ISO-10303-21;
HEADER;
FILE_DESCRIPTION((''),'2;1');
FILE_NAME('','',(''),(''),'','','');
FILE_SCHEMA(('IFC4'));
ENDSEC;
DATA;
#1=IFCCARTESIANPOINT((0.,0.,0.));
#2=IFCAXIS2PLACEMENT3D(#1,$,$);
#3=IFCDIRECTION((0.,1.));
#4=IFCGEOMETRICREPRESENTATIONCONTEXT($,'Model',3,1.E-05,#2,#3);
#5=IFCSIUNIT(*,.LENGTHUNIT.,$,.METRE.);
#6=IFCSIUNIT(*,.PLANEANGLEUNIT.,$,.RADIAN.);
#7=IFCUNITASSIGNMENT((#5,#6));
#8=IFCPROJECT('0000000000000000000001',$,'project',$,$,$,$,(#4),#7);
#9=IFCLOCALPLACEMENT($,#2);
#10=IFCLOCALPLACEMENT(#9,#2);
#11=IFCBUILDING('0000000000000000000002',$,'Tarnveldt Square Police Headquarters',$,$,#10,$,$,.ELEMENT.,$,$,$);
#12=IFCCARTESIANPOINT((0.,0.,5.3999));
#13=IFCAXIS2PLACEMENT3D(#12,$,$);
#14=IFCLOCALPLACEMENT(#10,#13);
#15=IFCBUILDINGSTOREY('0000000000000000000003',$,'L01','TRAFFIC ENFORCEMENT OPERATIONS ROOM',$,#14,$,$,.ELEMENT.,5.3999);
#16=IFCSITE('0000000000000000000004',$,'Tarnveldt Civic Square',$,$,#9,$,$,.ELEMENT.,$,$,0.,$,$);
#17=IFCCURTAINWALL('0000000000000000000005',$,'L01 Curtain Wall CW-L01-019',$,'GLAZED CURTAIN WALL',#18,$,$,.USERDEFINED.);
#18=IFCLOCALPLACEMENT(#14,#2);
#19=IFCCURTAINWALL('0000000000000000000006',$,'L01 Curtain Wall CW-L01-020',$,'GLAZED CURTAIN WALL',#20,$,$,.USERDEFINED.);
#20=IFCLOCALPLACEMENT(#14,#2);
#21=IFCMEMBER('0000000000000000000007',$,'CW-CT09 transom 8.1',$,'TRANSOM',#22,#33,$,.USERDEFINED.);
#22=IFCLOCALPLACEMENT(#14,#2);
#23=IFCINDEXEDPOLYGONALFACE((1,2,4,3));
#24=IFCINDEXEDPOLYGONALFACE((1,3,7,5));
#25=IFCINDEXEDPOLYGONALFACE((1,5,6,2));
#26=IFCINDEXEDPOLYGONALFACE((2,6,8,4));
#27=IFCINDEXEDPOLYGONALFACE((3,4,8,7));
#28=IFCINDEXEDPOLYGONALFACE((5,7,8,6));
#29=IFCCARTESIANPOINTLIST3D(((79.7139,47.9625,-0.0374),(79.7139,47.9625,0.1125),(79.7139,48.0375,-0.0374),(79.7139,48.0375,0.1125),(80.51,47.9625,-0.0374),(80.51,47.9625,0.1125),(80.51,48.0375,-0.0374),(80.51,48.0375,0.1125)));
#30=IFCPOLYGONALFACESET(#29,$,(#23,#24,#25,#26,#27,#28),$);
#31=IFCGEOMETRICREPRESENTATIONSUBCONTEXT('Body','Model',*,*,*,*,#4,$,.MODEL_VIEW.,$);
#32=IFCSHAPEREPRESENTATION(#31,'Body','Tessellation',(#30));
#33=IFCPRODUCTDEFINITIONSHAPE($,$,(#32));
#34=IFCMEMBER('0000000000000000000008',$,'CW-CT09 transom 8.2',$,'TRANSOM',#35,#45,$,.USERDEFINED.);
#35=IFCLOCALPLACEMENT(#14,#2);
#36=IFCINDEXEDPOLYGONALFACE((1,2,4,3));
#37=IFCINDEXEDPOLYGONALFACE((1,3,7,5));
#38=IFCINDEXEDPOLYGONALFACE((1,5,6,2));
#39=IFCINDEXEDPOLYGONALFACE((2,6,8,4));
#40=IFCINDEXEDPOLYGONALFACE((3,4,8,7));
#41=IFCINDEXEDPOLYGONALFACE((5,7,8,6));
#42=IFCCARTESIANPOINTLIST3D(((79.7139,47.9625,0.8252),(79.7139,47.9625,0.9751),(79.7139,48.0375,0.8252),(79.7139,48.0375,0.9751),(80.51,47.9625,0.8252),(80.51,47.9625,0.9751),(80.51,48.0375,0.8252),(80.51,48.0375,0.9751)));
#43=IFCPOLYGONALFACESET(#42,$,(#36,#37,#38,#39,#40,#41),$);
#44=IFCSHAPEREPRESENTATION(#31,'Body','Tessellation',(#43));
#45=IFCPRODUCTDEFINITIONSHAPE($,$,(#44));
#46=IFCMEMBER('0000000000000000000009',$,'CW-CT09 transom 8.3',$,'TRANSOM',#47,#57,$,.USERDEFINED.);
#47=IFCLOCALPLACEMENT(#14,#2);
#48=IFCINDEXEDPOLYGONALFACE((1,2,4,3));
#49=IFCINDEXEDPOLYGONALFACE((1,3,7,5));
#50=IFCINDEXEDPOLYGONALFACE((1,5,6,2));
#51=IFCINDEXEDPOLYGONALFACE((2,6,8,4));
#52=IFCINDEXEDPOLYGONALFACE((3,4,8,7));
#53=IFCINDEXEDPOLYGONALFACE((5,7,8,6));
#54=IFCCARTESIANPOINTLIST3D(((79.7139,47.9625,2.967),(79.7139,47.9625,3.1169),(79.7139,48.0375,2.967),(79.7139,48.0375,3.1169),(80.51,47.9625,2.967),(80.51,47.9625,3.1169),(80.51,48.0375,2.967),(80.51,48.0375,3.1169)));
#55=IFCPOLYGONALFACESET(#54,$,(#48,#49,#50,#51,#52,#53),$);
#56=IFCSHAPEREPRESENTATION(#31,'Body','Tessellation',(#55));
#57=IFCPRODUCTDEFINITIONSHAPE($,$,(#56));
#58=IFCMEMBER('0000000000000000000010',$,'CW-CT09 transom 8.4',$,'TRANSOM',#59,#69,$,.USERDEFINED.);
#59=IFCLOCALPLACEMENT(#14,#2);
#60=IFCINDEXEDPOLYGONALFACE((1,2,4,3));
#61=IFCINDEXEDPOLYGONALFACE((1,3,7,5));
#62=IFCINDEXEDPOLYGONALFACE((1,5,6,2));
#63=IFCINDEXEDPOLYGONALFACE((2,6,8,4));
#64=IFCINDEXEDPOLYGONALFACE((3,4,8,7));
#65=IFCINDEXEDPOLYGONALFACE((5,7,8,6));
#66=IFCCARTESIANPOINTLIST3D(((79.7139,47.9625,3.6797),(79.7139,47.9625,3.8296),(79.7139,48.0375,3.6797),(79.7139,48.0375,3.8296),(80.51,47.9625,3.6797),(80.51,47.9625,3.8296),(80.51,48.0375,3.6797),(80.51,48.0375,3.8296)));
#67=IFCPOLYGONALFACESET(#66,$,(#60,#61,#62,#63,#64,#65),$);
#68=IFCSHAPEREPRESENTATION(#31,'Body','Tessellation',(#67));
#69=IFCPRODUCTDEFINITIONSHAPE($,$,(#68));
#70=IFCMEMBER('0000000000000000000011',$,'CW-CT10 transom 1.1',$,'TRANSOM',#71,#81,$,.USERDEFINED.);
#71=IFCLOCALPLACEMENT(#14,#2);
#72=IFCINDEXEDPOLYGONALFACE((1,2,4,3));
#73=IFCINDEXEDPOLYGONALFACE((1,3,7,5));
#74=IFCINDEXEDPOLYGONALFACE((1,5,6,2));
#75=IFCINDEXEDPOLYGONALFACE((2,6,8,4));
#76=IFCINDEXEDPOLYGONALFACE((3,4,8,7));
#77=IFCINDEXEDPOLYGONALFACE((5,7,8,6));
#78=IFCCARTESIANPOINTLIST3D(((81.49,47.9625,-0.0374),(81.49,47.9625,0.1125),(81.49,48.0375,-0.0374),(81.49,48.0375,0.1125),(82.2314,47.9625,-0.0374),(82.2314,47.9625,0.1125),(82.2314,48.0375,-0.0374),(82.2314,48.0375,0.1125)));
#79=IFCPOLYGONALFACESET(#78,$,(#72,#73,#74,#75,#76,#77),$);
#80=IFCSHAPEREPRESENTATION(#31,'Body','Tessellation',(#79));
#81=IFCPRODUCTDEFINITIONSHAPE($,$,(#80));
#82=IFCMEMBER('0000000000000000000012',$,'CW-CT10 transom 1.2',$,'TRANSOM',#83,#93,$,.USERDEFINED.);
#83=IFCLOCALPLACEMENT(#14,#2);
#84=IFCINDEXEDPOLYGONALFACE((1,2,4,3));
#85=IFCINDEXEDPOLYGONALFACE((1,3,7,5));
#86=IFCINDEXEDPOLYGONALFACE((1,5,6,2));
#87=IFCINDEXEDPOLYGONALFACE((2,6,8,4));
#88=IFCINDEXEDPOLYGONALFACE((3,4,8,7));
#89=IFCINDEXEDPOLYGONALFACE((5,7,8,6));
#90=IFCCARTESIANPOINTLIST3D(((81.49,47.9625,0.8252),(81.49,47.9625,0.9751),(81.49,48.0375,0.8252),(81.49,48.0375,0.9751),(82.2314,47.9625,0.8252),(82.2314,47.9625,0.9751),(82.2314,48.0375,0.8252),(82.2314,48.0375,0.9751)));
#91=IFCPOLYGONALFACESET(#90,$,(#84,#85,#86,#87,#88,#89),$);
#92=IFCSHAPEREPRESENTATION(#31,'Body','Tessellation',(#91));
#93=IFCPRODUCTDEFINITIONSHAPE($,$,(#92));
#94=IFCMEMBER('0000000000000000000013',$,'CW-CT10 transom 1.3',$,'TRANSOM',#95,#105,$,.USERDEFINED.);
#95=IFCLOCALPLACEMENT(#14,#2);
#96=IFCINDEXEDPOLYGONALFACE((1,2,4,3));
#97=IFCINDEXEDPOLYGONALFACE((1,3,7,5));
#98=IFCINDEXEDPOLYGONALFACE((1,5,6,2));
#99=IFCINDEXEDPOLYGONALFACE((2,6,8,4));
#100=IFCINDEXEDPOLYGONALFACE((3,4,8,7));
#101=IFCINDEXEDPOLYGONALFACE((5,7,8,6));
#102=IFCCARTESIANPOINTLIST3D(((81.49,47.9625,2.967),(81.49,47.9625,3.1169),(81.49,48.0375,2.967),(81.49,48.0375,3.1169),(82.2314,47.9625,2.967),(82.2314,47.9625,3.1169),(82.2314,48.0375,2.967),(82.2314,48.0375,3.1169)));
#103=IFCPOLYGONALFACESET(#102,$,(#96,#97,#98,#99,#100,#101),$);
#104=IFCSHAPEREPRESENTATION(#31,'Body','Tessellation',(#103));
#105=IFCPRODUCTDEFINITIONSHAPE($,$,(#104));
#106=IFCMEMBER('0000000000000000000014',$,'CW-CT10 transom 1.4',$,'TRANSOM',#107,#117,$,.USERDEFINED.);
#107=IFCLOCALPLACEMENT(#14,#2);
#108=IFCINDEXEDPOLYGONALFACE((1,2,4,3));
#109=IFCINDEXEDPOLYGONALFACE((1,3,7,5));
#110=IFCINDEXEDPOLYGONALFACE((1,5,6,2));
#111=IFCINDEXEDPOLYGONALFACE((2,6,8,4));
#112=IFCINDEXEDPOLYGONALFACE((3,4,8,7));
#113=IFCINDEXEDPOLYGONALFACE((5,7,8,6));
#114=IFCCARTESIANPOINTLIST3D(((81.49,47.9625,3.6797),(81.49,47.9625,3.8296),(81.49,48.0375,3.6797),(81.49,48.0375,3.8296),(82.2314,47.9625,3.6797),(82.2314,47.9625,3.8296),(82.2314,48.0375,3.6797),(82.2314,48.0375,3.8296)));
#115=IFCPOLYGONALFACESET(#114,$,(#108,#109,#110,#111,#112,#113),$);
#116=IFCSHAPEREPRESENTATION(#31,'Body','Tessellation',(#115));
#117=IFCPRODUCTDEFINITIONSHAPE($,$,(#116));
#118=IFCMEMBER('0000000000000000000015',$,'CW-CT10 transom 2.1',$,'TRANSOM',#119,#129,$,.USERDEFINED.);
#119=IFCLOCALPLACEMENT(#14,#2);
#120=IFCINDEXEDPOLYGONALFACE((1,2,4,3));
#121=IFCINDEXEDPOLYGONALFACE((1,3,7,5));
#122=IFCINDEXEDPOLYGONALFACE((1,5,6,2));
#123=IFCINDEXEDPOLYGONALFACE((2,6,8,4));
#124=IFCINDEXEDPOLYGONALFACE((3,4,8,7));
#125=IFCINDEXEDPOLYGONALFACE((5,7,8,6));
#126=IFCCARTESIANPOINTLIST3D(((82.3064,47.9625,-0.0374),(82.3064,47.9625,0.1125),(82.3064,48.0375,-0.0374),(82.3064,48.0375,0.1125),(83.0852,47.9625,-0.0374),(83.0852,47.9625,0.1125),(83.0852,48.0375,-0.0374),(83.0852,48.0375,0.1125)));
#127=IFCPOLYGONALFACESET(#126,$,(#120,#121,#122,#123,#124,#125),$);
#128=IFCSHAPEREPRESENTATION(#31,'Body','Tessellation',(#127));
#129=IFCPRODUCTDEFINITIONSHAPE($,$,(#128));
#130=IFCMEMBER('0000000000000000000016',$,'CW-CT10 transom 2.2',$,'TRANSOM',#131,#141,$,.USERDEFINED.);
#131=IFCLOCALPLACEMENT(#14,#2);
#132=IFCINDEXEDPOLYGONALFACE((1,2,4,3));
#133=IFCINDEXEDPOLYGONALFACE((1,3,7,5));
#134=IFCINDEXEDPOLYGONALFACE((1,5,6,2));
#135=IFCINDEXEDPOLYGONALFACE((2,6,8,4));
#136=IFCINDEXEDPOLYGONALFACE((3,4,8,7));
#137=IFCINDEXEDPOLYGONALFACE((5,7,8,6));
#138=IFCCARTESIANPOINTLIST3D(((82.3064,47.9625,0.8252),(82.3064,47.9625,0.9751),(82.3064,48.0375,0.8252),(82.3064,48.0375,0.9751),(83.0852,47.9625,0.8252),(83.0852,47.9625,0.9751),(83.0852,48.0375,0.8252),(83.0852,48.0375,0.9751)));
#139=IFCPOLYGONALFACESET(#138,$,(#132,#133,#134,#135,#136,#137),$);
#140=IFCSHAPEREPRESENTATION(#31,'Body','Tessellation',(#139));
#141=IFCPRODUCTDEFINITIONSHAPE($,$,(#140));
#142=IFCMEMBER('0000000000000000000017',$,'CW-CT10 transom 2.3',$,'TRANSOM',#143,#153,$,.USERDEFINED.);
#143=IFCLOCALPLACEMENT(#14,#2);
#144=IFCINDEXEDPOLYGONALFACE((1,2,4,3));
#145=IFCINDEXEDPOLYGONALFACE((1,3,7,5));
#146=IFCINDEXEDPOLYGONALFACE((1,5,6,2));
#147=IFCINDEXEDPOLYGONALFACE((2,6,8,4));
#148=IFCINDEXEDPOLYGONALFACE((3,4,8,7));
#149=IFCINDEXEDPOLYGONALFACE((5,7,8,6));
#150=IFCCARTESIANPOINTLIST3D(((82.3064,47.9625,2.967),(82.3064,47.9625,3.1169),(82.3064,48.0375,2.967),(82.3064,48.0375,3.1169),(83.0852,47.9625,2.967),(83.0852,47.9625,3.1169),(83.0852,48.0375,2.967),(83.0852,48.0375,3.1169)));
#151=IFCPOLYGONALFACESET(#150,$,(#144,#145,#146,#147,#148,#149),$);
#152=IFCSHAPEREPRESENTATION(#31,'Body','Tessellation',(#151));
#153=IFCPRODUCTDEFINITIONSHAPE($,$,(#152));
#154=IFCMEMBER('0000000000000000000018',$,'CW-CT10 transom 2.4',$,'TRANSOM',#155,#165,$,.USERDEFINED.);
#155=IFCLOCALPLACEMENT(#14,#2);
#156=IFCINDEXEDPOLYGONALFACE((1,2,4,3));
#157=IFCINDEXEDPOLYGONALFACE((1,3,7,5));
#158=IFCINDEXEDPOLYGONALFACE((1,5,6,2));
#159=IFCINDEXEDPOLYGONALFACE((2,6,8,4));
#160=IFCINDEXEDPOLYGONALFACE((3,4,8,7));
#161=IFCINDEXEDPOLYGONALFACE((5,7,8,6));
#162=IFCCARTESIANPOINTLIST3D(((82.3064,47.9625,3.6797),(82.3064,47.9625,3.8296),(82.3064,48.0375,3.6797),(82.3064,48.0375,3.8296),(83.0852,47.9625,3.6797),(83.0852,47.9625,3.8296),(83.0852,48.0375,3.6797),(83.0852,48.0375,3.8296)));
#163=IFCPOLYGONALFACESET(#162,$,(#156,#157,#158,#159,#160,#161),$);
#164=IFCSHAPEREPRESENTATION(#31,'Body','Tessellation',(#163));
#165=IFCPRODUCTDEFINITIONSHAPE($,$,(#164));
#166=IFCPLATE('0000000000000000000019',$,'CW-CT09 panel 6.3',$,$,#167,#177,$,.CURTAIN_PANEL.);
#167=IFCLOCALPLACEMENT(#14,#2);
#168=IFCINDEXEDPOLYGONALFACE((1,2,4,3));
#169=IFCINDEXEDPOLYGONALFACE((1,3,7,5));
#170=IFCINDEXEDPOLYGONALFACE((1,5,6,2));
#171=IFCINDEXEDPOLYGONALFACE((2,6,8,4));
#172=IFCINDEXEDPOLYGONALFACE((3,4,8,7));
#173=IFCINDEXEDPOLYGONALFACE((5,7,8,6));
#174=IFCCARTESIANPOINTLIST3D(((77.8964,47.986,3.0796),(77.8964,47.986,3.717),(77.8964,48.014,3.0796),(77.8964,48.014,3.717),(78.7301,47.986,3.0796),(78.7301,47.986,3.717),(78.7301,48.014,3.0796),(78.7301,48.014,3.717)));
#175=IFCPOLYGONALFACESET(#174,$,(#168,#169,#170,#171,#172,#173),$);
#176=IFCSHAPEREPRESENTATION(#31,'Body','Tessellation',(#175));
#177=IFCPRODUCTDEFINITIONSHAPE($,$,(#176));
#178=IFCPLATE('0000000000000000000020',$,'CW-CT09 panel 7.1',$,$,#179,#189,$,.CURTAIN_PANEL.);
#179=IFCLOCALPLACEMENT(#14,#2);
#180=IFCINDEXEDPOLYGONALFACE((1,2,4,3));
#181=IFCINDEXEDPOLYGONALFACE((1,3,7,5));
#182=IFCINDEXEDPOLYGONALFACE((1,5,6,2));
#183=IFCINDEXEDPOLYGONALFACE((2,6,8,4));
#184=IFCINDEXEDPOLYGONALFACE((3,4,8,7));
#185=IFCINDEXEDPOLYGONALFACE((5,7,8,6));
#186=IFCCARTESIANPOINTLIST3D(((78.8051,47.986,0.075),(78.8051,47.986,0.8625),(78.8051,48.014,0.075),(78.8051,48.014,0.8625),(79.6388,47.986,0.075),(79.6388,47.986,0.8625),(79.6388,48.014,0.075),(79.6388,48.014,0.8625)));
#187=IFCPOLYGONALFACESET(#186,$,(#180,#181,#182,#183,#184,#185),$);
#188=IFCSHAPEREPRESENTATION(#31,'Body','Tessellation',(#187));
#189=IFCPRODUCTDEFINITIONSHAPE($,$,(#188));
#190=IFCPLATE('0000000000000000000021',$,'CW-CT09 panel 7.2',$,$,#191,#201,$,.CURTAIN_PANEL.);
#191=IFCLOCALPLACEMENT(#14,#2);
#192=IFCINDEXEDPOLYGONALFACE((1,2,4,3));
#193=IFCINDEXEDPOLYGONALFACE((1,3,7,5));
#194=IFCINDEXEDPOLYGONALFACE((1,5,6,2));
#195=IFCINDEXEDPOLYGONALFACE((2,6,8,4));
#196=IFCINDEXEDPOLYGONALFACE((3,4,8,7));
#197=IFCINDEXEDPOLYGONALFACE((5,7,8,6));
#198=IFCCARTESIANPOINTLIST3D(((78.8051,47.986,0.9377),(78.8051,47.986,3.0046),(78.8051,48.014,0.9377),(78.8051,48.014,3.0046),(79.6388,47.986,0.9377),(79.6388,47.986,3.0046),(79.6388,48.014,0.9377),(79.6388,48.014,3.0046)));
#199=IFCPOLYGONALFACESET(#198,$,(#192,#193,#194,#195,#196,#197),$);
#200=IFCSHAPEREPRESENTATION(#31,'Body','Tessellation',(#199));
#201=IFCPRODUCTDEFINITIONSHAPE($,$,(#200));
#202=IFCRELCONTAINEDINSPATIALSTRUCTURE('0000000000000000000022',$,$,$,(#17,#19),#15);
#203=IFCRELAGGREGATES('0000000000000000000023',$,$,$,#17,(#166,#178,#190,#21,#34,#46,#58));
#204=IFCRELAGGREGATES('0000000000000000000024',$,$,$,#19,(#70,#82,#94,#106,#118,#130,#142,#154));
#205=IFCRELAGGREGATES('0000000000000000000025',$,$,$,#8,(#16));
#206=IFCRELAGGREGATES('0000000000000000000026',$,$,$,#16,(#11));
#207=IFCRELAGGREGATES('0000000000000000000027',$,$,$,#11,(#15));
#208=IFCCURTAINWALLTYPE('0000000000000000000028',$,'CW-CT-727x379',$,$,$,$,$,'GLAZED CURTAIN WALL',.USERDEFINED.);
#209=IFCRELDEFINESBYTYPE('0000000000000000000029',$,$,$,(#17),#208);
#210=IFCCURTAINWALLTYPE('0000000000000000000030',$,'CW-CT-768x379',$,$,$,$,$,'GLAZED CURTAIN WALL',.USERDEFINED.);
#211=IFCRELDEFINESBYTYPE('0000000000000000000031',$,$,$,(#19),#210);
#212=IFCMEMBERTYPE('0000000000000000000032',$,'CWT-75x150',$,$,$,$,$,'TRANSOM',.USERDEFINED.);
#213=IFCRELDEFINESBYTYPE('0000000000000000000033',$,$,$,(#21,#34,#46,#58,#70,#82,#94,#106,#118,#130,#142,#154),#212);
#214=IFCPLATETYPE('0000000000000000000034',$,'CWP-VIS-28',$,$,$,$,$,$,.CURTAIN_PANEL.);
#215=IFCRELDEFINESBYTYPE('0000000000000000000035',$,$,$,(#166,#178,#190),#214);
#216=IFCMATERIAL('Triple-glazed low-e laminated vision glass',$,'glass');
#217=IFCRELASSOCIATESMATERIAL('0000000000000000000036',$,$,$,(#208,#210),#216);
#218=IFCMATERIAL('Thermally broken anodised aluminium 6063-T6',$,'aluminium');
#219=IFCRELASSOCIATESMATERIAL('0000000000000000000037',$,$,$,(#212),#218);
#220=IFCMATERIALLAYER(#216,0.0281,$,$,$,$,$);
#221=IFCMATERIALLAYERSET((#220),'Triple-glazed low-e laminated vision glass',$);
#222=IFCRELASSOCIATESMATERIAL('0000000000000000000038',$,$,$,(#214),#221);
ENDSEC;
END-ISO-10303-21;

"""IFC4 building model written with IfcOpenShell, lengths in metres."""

from ifc_helpers import new_model, si_unit, direction, frame, origin, origin_2d, place, context, subcontext, project, spatial, rectangle, extrude, material, layer, layer_set, material_profile, profile_set, type_object, element, aggregate, save


model = new_model("IFC4")

# Units and contexts
model_context = context("Model", 3, precision=1e-05, world=origin(), true_north=direction((0.0, 1.0)))
body_context = subcontext(model_context, "Body", "Model", "MODEL_VIEW")
ifc_project = project(units=[si_unit("LENGTHUNIT", "METRE"), si_unit("PLANEANGLEUNIT", "RADIAN")], contexts=[model_context])

# Site, building, storey
site_placement = place(None, origin())
site = spatial("IfcSite", under=ifc_project, at=site_placement, Name="Tarnveldt Civic Square", CompositionType="ELEMENT", RefElevation=0.0)
building_placement = place(site_placement, origin())
building = spatial("IfcBuilding", under=site, at=building_placement, Name="Tarnveldt Square Police Headquarters", CompositionType="ELEMENT")
storey_placement = place(building_placement, frame((0.0, 0.0, 5.3999)))
storey = spatial("IfcBuildingStorey", under=building, at=storey_placement, Name="L01", Description="TRAFFIC ENFORCEMENT OPERATIONS ROOM", CompositionType="ELEMENT", Elevation=5.3999)

# Curtain walls
ifc_material_1 = material(Name="Triple-glazed low-e laminated vision glass", Category="glass")
curtain_wall_type_1 = type_object("IfcCurtainWallType", Name="CW-CT-727x379", ElementType="GLAZED CURTAIN WALL", PredefinedType="USERDEFINED", material=ifc_material_1)
curtain_wall_1_placement = place(storey_placement, origin())
curtain_wall_1 = element("IfcCurtainWall", 1, at=curtain_wall_1_placement, inside=storey, type_object=curtain_wall_type_1, Name="L01 Curtain Wall CW-L01-019", ObjectType="GLAZED CURTAIN WALL", PredefinedType="USERDEFINED")
ifc_material_2 = material(Name="Thermally broken anodised aluminium 6063-T6", Category="aluminium")
curtain_wall_type_2 = type_object("IfcCurtainWallType", Name="CW-CT-768x379", ElementType="GLAZED CURTAIN WALL", PredefinedType="USERDEFINED", material=ifc_material_1)
curtain_wall_2_placement = place(storey_placement, origin())
curtain_wall_2 = element("IfcCurtainWall", 2, at=curtain_wall_2_placement, inside=storey, type_object=curtain_wall_type_2, Name="L01 Curtain Wall CW-L01-020", ObjectType="GLAZED CURTAIN WALL", PredefinedType="USERDEFINED")

# Members
ifc_material_profile_1 = material_profile(ifc_material_2, rectangle(XDim=0.075, YDim=0.1499, at=origin_2d()), Name="CW-T75x150")
ifc_profile_set_1 = profile_set([ifc_material_profile_1], Name="Thermally broken anodised aluminium 6063-T6")
member_type_1 = type_object("IfcMemberType", Name="CWT-75x150", ElementType="TRANSOM", PredefinedType="USERDEFINED", material=ifc_profile_set_1)
member_1_placement = place(storey_placement, frame((79.7139, 48.0, 0.0376), z_axis=(1.0, 0.0, 0.0), x_axis=(0.0, 1.0, 0.0)))
member_1 = element("IfcMember", 3, at=member_1_placement, type_object=member_type_1, Name="CW-CT09 transom 8.1", ObjectType="TRANSOM", PredefinedType="USERDEFINED", context=body_context, shape_type="SweptSolid", body=[
    extrude(rectangle(XDim=0.075, YDim=0.1499, at=origin_2d()), origin(), (0.0, 0.0, 1.0), 0.7961),
])
member_2_placement = place(storey_placement, frame((79.7139, 48.0, 0.9001), z_axis=(1.0, 0.0, 0.0), x_axis=(0.0, 1.0, 0.0)))
member_2 = element("IfcMember", 4, at=member_2_placement, type_object=member_type_1, Name="CW-CT09 transom 8.2", ObjectType="TRANSOM", PredefinedType="USERDEFINED", context=body_context, shape_type="SweptSolid", body=[
    extrude(rectangle(XDim=0.075, YDim=0.1499, at=origin_2d()), origin(), (0.0, 0.0, 1.0), 0.7961),
])
member_3_placement = place(storey_placement, frame((79.7139, 48.0, 3.042), z_axis=(1.0, 0.0, 0.0), x_axis=(0.0, 1.0, 0.0)))
member_3 = element("IfcMember", 5, at=member_3_placement, type_object=member_type_1, Name="CW-CT09 transom 8.3", ObjectType="TRANSOM", PredefinedType="USERDEFINED", context=body_context, shape_type="SweptSolid", body=[
    extrude(rectangle(XDim=0.075, YDim=0.1499, at=origin_2d()), origin(), (0.0, 0.0, 1.0), 0.7961),
])
member_4_placement = place(storey_placement, frame((79.7139, 48.0, 3.7546), z_axis=(1.0, 0.0, 0.0), x_axis=(0.0, 1.0, 0.0)))
member_4 = element("IfcMember", 6, at=member_4_placement, type_object=member_type_1, Name="CW-CT09 transom 8.4", ObjectType="TRANSOM", PredefinedType="USERDEFINED", context=body_context, shape_type="SweptSolid", body=[
    extrude(rectangle(XDim=0.075, YDim=0.1499, at=origin_2d()), origin(), (0.0, 0.0, 1.0), 0.7961),
])
member_5_placement = place(storey_placement, frame((81.49, 48.0, 0.0376), z_axis=(1.0, 0.0, 0.0), x_axis=(0.0, 1.0, 0.0)))
member_5 = element("IfcMember", 7, at=member_5_placement, type_object=member_type_1, Name="CW-CT10 transom 1.1", ObjectType="TRANSOM", PredefinedType="USERDEFINED", context=body_context, shape_type="SweptSolid", body=[
    extrude(rectangle(XDim=0.075, YDim=0.1499, at=origin_2d()), origin(), (0.0, 0.0, 1.0), 0.7415),
])
member_6_placement = place(storey_placement, frame((81.49, 48.0, 0.9001), z_axis=(1.0, 0.0, 0.0), x_axis=(0.0, 1.0, 0.0)))
member_6 = element("IfcMember", 8, at=member_6_placement, type_object=member_type_1, Name="CW-CT10 transom 1.2", ObjectType="TRANSOM", PredefinedType="USERDEFINED", context=body_context, shape_type="SweptSolid", body=[
    extrude(rectangle(XDim=0.075, YDim=0.1499, at=origin_2d()), origin(), (0.0, 0.0, 1.0), 0.7415),
])
member_7_placement = place(storey_placement, frame((81.49, 48.0, 3.042), z_axis=(1.0, 0.0, 0.0), x_axis=(0.0, 1.0, 0.0)))
member_7 = element("IfcMember", 9, at=member_7_placement, type_object=member_type_1, Name="CW-CT10 transom 1.3", ObjectType="TRANSOM", PredefinedType="USERDEFINED", context=body_context, shape_type="SweptSolid", body=[
    extrude(rectangle(XDim=0.075, YDim=0.1499, at=origin_2d()), origin(), (0.0, 0.0, 1.0), 0.7415),
])
member_8_placement = place(storey_placement, frame((81.49, 48.0, 3.7546), z_axis=(1.0, 0.0, 0.0), x_axis=(0.0, 1.0, 0.0)))
member_8 = element("IfcMember", 10, at=member_8_placement, type_object=member_type_1, Name="CW-CT10 transom 1.4", ObjectType="TRANSOM", PredefinedType="USERDEFINED", context=body_context, shape_type="SweptSolid", body=[
    extrude(rectangle(XDim=0.075, YDim=0.1499, at=origin_2d()), origin(), (0.0, 0.0, 1.0), 0.7415),
])
member_9_placement = place(storey_placement, frame((82.3064, 48.0, 0.0376), z_axis=(1.0, 0.0, 0.0), x_axis=(0.0, 1.0, 0.0)))
member_9 = element("IfcMember", 11, at=member_9_placement, type_object=member_type_1, Name="CW-CT10 transom 2.1", ObjectType="TRANSOM", PredefinedType="USERDEFINED", context=body_context, shape_type="SweptSolid", body=[
    extrude(rectangle(XDim=0.075, YDim=0.1499, at=origin_2d()), origin(), (0.0, 0.0, 1.0), 0.7788),
])
member_10_placement = place(storey_placement, frame((82.3064, 48.0, 0.9001), z_axis=(1.0, 0.0, 0.0), x_axis=(0.0, 1.0, 0.0)))
member_10 = element("IfcMember", 12, at=member_10_placement, type_object=member_type_1, Name="CW-CT10 transom 2.2", ObjectType="TRANSOM", PredefinedType="USERDEFINED", context=body_context, shape_type="SweptSolid", body=[
    extrude(rectangle(XDim=0.075, YDim=0.1499, at=origin_2d()), origin(), (0.0, 0.0, 1.0), 0.7788),
])
member_11_placement = place(storey_placement, frame((82.3064, 48.0, 3.042), z_axis=(1.0, 0.0, 0.0), x_axis=(0.0, 1.0, 0.0)))
member_11 = element("IfcMember", 13, at=member_11_placement, type_object=member_type_1, Name="CW-CT10 transom 2.3", ObjectType="TRANSOM", PredefinedType="USERDEFINED", context=body_context, shape_type="SweptSolid", body=[
    extrude(rectangle(XDim=0.075, YDim=0.1499, at=origin_2d()), origin(), (0.0, 0.0, 1.0), 0.7788),
])
member_12_placement = place(storey_placement, frame((82.3064, 48.0, 3.7546), z_axis=(1.0, 0.0, 0.0), x_axis=(0.0, 1.0, 0.0)))
member_12 = element("IfcMember", 14, at=member_12_placement, type_object=member_type_1, Name="CW-CT10 transom 2.4", ObjectType="TRANSOM", PredefinedType="USERDEFINED", context=body_context, shape_type="SweptSolid", body=[
    extrude(rectangle(XDim=0.075, YDim=0.1499, at=origin_2d()), origin(), (0.0, 0.0, 1.0), 0.7788),
])

# Plates
ifc_layer = layer(ifc_material_1, 0.0281)
ifc_layer_set = layer_set([ifc_layer], Name="Triple-glazed low-e laminated vision glass")
plate_type = type_object("IfcPlateType", Name="CWP-VIS-28", PredefinedType="CURTAIN_PANEL", material=ifc_layer_set)
plate_1_placement = place(storey_placement, frame((78.3132, 48.0, 3.0796), z_axis=(0.0, 0.0, 1.0), x_axis=(1.0, 0.0, 0.0)))
plate_1 = element("IfcPlate", 15, at=plate_1_placement, type_object=plate_type, Name="CW-CT09 panel 6.3", PredefinedType="CURTAIN_PANEL", context=body_context, shape_type="SweptSolid", body=[
    extrude(rectangle(XDim=0.8337, YDim=0.0281, at=origin_2d()), origin(), (0.0, 0.0, 1.0), 0.6375),
])
plate_2_placement = place(storey_placement, frame((79.2219, 48.0, 0.075), z_axis=(0.0, 0.0, 1.0), x_axis=(1.0, 0.0, 0.0)))
plate_2 = element("IfcPlate", 16, at=plate_2_placement, type_object=plate_type, Name="CW-CT09 panel 7.1", PredefinedType="CURTAIN_PANEL", context=body_context, shape_type="SweptSolid", body=[
    extrude(rectangle(XDim=0.8337, YDim=0.0281, at=origin_2d()), origin(), (0.0, 0.0, 1.0), 0.7876),
])
plate_3_placement = place(storey_placement, frame((79.2219, 48.0, 0.9377), z_axis=(0.0, 0.0, 1.0), x_axis=(1.0, 0.0, 0.0)))
plate_3 = element("IfcPlate", 17, at=plate_3_placement, type_object=plate_type, Name="CW-CT09 panel 7.2", PredefinedType="CURTAIN_PANEL", context=body_context, shape_type="SweptSolid", body=[
    extrude(rectangle(XDim=0.8337, YDim=0.0281, at=origin_2d()), origin(), (0.0, 0.0, 1.0), 2.0669),
])
aggregate(curtain_wall_1, [plate_1, plate_2, plate_3, member_1, member_2, member_3, member_4])
aggregate(curtain_wall_2, [member_5, member_6, member_7, member_8, member_9, member_10, member_11, member_12])

save(model, "model.ifc")
